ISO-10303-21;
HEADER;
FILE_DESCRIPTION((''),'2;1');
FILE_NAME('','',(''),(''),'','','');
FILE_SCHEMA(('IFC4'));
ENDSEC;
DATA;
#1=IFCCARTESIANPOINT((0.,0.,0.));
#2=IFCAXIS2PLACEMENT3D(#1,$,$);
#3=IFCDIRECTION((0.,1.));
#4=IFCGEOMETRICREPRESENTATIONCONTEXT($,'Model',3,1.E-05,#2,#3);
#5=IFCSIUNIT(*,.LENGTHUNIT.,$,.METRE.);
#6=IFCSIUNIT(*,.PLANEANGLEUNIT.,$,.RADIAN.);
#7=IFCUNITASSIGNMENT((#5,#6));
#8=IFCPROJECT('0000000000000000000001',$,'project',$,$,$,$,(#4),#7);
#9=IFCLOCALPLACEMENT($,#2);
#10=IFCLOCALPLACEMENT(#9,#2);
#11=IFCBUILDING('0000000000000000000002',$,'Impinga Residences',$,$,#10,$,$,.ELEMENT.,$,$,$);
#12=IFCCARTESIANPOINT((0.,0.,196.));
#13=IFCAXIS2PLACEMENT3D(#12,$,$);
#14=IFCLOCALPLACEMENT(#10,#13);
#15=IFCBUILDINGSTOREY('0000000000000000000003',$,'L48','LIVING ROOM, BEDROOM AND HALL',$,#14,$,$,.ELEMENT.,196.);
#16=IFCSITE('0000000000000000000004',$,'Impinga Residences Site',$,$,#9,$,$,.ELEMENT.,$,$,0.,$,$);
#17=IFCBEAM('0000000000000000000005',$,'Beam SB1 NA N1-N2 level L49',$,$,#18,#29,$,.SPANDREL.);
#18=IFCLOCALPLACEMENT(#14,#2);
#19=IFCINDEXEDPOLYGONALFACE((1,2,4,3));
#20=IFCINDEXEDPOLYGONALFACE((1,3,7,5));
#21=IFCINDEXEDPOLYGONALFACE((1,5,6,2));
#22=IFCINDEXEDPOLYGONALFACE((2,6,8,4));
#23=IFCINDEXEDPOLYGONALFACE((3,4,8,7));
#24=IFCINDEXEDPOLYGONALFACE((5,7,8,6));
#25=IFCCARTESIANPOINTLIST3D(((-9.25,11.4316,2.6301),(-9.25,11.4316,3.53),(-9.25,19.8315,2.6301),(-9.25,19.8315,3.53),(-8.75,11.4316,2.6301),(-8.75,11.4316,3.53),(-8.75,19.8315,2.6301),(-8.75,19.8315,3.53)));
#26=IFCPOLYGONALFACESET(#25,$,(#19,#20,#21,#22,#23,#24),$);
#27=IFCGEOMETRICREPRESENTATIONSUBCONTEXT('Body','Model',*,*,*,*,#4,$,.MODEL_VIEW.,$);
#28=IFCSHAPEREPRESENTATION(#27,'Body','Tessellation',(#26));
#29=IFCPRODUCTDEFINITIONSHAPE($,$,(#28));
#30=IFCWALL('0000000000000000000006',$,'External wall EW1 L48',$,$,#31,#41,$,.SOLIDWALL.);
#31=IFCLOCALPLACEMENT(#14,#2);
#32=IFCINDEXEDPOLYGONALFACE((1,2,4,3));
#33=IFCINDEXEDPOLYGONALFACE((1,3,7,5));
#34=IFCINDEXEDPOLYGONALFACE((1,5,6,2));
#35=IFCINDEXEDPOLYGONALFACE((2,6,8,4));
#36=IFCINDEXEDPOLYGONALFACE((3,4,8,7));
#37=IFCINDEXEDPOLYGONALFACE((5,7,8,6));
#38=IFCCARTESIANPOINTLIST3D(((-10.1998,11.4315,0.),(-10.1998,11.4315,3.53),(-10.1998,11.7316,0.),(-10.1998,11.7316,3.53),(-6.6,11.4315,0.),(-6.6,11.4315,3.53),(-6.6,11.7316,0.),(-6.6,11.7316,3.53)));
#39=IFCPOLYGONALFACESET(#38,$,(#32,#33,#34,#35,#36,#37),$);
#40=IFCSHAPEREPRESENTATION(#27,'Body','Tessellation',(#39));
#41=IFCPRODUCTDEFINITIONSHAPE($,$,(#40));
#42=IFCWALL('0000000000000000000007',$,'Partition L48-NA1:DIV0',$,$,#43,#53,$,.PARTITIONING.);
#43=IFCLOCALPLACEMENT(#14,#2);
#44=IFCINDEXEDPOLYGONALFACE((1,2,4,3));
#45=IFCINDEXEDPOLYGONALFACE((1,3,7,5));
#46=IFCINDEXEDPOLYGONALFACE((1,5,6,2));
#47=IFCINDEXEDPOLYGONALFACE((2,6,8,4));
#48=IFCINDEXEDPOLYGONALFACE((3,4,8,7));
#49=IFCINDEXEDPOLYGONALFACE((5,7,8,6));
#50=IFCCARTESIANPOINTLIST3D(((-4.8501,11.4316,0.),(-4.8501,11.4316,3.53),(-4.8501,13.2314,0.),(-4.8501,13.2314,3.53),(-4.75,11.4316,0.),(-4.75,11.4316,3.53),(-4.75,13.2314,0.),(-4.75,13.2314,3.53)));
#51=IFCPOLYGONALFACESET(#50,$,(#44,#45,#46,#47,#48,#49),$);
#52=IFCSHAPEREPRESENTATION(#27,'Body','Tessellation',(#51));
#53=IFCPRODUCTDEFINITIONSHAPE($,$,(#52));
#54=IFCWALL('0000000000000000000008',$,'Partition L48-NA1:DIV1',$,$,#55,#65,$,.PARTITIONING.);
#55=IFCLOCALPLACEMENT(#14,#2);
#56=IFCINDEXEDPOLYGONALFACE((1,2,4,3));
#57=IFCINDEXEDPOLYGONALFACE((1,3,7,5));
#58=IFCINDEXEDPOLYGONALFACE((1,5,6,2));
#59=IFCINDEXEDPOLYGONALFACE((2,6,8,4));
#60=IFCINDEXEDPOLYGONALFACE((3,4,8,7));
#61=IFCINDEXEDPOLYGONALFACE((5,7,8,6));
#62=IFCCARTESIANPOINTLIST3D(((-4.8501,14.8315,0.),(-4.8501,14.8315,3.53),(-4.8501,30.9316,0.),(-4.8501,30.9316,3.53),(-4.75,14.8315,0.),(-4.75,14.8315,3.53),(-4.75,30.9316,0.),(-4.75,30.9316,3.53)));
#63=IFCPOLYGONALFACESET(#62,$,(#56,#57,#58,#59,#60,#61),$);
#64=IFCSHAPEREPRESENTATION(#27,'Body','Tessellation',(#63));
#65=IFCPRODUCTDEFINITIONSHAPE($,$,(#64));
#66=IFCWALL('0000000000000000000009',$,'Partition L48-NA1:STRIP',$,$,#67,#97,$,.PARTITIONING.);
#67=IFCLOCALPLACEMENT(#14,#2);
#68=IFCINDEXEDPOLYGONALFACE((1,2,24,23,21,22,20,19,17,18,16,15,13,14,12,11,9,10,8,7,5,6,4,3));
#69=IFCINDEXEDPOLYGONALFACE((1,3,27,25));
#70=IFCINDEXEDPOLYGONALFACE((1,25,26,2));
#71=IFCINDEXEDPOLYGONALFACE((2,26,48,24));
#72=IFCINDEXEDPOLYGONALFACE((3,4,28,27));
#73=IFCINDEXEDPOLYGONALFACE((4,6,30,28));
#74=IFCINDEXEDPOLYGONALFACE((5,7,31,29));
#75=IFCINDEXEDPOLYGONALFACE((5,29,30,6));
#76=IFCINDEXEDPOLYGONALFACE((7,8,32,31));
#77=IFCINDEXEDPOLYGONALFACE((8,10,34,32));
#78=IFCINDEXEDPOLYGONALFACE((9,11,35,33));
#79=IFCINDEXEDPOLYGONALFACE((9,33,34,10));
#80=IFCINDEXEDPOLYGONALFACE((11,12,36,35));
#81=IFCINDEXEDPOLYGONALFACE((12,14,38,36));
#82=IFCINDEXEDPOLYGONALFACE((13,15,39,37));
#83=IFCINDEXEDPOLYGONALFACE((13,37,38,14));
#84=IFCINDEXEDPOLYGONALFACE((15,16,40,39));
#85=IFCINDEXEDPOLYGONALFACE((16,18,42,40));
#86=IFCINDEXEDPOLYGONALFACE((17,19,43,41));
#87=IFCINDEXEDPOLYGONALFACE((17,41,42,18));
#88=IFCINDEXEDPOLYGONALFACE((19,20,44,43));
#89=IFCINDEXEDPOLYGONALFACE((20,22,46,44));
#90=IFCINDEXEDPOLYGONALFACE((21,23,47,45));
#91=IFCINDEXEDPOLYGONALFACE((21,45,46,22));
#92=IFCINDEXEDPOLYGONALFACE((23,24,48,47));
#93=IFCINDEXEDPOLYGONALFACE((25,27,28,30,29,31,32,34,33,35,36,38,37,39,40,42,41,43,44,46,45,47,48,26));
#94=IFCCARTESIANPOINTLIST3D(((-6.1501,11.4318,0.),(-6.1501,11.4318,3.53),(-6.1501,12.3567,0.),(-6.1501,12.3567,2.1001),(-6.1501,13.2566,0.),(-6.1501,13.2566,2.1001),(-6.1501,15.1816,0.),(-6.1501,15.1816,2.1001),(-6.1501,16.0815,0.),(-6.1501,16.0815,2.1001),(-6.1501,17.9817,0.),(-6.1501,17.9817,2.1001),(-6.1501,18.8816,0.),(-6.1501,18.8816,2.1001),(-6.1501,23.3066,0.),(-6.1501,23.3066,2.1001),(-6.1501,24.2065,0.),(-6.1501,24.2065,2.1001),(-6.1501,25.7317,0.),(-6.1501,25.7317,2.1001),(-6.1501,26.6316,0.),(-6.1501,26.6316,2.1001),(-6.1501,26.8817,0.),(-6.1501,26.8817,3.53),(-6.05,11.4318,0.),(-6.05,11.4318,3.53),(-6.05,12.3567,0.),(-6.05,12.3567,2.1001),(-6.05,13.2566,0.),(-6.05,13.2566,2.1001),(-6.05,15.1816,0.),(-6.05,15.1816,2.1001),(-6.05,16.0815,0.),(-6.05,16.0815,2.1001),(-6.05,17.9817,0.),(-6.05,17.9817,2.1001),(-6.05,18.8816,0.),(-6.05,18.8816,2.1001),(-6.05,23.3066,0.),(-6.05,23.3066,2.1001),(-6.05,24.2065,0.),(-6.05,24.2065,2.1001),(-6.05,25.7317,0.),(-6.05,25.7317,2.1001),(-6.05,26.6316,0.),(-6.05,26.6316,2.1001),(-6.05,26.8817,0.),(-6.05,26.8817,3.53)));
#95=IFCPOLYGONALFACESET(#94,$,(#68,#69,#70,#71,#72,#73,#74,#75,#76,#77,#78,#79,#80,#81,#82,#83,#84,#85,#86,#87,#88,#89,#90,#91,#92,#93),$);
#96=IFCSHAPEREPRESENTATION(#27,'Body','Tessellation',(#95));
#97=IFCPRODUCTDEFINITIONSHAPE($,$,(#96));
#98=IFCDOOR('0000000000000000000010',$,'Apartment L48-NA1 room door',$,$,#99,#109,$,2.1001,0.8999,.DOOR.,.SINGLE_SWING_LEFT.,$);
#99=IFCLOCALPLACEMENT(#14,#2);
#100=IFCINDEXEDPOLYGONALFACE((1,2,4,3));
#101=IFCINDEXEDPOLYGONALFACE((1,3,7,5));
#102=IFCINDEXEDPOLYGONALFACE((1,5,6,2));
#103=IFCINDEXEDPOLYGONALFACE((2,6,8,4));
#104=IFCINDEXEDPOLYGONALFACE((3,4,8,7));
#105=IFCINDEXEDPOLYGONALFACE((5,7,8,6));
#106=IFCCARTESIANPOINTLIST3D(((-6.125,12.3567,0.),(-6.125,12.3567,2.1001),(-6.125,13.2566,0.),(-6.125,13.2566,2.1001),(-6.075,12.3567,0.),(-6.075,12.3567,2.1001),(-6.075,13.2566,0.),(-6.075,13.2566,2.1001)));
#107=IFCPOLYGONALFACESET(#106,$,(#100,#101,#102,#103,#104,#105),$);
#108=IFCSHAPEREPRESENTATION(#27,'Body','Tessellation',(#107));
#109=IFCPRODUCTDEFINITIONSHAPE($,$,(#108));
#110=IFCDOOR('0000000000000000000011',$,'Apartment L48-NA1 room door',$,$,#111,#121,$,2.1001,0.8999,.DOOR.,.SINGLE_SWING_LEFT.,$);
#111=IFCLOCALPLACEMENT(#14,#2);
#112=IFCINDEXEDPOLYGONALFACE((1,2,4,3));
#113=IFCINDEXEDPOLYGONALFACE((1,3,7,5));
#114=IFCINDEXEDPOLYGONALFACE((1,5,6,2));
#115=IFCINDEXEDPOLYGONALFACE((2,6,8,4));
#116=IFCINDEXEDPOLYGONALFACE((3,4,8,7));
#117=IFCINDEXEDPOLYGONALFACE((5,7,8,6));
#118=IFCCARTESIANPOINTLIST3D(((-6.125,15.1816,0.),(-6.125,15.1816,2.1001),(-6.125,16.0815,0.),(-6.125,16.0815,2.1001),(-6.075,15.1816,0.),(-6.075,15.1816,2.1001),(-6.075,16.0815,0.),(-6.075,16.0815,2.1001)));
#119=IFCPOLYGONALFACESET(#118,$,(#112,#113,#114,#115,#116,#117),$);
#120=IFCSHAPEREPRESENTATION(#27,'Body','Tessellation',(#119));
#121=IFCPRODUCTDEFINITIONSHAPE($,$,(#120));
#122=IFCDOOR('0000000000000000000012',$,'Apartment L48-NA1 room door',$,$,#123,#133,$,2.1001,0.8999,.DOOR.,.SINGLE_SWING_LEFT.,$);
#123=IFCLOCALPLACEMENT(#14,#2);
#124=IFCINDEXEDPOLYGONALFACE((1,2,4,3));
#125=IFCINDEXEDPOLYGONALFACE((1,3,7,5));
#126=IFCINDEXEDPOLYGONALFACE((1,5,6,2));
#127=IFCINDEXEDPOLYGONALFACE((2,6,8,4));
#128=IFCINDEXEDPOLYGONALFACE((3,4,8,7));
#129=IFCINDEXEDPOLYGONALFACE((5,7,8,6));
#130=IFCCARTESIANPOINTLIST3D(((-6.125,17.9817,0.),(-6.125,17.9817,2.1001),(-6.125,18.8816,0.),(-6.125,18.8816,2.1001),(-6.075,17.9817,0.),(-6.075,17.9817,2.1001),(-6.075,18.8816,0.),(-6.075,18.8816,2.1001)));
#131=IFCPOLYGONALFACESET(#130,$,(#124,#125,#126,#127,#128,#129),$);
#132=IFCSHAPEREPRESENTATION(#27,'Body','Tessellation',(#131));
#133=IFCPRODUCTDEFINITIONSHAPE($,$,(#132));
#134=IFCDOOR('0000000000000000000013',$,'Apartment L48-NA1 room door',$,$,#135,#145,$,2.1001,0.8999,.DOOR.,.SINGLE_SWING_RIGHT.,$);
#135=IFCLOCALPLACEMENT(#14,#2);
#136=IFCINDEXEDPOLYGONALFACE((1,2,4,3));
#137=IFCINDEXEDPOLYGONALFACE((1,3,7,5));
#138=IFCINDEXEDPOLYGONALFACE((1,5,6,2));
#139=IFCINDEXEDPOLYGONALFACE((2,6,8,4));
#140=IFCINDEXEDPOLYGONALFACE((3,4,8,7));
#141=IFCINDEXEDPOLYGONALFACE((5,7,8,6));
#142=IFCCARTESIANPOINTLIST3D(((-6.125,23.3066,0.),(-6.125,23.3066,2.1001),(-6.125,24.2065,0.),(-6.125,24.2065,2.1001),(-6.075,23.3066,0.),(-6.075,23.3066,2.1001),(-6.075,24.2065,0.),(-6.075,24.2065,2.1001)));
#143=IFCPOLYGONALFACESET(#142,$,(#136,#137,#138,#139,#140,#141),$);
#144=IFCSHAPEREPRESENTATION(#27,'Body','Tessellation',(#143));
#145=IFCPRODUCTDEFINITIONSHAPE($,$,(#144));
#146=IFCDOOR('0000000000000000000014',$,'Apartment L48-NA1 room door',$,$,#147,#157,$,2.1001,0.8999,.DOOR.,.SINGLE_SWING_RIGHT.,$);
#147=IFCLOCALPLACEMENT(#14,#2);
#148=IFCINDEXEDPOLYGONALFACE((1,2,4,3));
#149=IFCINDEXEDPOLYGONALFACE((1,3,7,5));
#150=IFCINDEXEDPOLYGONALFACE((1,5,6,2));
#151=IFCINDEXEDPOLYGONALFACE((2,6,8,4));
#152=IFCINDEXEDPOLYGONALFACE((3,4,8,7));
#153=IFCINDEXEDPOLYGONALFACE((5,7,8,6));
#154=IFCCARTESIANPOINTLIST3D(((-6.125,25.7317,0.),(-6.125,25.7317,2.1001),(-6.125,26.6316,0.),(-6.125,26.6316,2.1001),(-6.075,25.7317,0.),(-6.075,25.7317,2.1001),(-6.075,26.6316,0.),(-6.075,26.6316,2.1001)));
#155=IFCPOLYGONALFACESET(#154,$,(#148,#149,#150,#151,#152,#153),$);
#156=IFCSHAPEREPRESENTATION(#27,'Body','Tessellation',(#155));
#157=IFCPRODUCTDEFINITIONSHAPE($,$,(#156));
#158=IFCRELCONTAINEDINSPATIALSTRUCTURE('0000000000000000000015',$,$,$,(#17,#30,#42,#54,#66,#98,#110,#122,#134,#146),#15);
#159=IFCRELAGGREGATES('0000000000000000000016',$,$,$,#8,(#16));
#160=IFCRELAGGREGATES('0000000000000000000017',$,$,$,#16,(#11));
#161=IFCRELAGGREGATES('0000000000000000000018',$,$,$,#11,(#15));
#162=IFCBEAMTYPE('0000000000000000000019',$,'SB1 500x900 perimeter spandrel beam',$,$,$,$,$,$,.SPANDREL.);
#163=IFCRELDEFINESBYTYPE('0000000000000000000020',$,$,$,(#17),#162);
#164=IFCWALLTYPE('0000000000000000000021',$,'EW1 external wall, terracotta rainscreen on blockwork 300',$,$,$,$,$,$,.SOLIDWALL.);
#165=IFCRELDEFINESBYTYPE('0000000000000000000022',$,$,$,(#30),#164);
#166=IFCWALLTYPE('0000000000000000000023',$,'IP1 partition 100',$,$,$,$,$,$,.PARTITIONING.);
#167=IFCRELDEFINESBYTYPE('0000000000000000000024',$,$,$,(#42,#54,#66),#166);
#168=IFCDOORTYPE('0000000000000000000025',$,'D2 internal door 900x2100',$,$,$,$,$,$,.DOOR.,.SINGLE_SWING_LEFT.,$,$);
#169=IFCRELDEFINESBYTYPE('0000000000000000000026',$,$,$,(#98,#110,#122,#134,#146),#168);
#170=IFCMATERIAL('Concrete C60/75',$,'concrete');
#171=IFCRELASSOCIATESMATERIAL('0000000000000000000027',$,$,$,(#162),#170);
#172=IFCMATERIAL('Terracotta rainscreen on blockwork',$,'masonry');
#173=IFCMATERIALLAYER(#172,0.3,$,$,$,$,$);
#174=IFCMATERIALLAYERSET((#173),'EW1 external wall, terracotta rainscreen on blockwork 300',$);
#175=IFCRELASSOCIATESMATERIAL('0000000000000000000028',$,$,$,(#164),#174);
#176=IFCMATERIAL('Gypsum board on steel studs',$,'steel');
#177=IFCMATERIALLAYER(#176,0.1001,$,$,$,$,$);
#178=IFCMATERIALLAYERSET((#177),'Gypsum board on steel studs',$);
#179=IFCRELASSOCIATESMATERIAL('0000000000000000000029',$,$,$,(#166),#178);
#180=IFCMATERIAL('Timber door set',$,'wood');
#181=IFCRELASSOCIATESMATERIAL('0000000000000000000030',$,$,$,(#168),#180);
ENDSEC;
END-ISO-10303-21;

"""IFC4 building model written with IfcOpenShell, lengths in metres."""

from ifc_helpers import new_model, si_unit, direction, frame, frame_2d, origin, origin_2d, place, context, subcontext, project, spatial, rectangle, extrude, material, layer, layer_set, material_profile, profile_set, type_object, element, fill, save


model = new_model("IFC4")

# Units and contexts
model_context = context("Model", 3, precision=1e-05, world=origin(), true_north=direction((0.0, 1.0)))
body_context = subcontext(model_context, "Body", "Model", "MODEL_VIEW")
ifc_project = project(units=[si_unit("LENGTHUNIT", "METRE"), si_unit("PLANEANGLEUNIT", "RADIAN")], contexts=[model_context])

# Site, building, storey
site_placement = place(None, origin())
site = spatial("IfcSite", under=ifc_project, at=site_placement, Name="Impinga Residences Site", CompositionType="ELEMENT", RefElevation=0.0)
building_placement = place(site_placement, origin())
building = spatial("IfcBuilding", under=site, at=building_placement, Name="Impinga Residences", CompositionType="ELEMENT")
storey_placement = place(building_placement, frame((0.0, 0.0, 196.0)))
storey = spatial("IfcBuildingStorey", under=building, at=storey_placement, Name="L48", Description="LIVING ROOM, BEDROOM AND HALL", CompositionType="ELEMENT", Elevation=196.0)

# Beam
ifc_material_1 = material(Name="Concrete C60/75", Category="concrete")
ifc_material_profile = material_profile(ifc_material_1, rectangle(XDim=0.5, YDim=0.8999, at=origin_2d()), Name="RC 500x900")
ifc_profile_set = profile_set([ifc_material_profile], Name="Concrete C60/75")
beam_type = type_object("IfcBeamType", Name="SB1 500x900 perimeter spandrel beam", PredefinedType="SPANDREL", material=ifc_profile_set)
beam_placement = place(storey_placement, frame((-9.0, 11.4316, 3.0801), z_axis=(0.0, 1.0, 0.0), x_axis=(-1.0, 0.0, 0.0)))
element("IfcBeam", 1, at=beam_placement, inside=storey, type_object=beam_type, Name="Beam SB1 NA N1-N2 level L49", PredefinedType="SPANDREL", context=body_context, shape_type="SweptSolid", body=[
    extrude(rectangle(XDim=0.5, YDim=0.8999, at=origin_2d()), origin(), (0.0, 0.0, 1.0), 8.3999),
])

# Walls
ifc_material_2 = material(Name="Terracotta rainscreen on blockwork", Category="masonry")
ifc_layer_1 = layer(ifc_material_2, 0.3)
ifc_layer_set_1 = layer_set([ifc_layer_1], Name="EW1 external wall, terracotta rainscreen on blockwork 300")
wall_type_1 = type_object("IfcWallType", Name="EW1 external wall, terracotta rainscreen on blockwork 300", PredefinedType="SOLIDWALL", material=ifc_layer_set_1)
wall_1_placement = place(storey_placement, frame((-6.6001, 11.5815, 0.0), z_axis=(0.0, 0.0, 1.0), x_axis=(-1.0, 0.0, 0.0)))
element("IfcWall", 2, at=wall_1_placement, inside=storey, type_object=wall_type_1, Name="External wall EW1 L48", PredefinedType="SOLIDWALL", context=body_context, shape_type="SweptSolid", body=[
    extrude(rectangle(XDim=3.5999, YDim=0.3, at=frame_2d((1.7998, 0.0))), origin(), (0.0, 0.0, 1.0), 3.53),
])
ifc_material_3 = material(Name="Gypsum board on steel studs", Category="steel")
ifc_layer_2 = layer(ifc_material_3, 0.1001)
ifc_layer_set_2 = layer_set([ifc_layer_2], Name="Gypsum board on steel studs")
wall_type_2 = type_object("IfcWallType", Name="IP1 partition 100", PredefinedType="PARTITIONING", material=ifc_layer_set_2)
wall_2_placement = place(storey_placement, frame((-4.8, 11.4316, 0.0), z_axis=(0.0, 0.0, 1.0), x_axis=(0.0, 1.0, 0.0)))
element("IfcWall", 3, at=wall_2_placement, inside=storey, type_object=wall_type_2, Name="Partition L48-NA1:DIV0", PredefinedType="PARTITIONING", context=body_context, shape_type="SweptSolid", body=[
    extrude(rectangle(XDim=1.7998, YDim=0.1001, at=frame_2d((0.8999, 0.0))), origin(), (0.0, 0.0, 1.0), 3.53),
])
wall_3_placement = place(storey_placement, frame((-4.8, 14.8315, 0.0), z_axis=(0.0, 0.0, 1.0), x_axis=(0.0, 1.0, 0.0)))
element("IfcWall", 4, at=wall_3_placement, inside=storey, type_object=wall_type_2, Name="Partition L48-NA1:DIV1", PredefinedType="PARTITIONING", context=body_context, shape_type="SweptSolid", body=[
    extrude(rectangle(XDim=16.1001, YDim=0.1001, at=frame_2d((8.05, 0.0))), origin(), (0.0, 0.0, 1.0), 3.53),
])

# Wall, openings, doors
wall_4_placement = place(storey_placement, frame((-6.1001, 11.4316, 0.0), z_axis=(0.0, 0.0, 1.0), x_axis=(0.0, 1.0, 0.0)))
wall_4 = element("IfcWall", 5, at=wall_4_placement, inside=storey, type_object=wall_type_2, Name="Partition L48-NA1:STRIP", PredefinedType="PARTITIONING", context=body_context, shape_type="SweptSolid", body=[
    extrude(rectangle(XDim=15.45, YDim=0.1001, at=frame_2d((7.7251, 0.0))), origin(), (0.0, 0.0, 1.0), 3.53),
])
opening_1_placement = place(wall_4_placement, frame((0.925, 0.0, 0.0)))
opening_1 = element("IfcOpeningElement", 6, at=opening_1_placement, cuts=wall_4, PredefinedType="OPENING", context=body_context, shape_type="SweptSolid", body=[
    extrude(rectangle(XDim=0.8999, YDim=2.1001, at=frame_2d((0.45, 1.05))), frame((0.0, 0.0601, 0.0), z_axis=(0.0, -1.0, 0.0), x_axis=(1.0, 0.0, 0.0)), (0.0, 0.0, 1.0), 0.1201),
])
opening_2_placement = place(wall_4_placement, frame((3.75, 0.0, 0.0)))
opening_2 = element("IfcOpeningElement", 7, at=opening_2_placement, cuts=wall_4, PredefinedType="OPENING", context=body_context, shape_type="SweptSolid", body=[
    extrude(rectangle(XDim=0.8999, YDim=2.1001, at=frame_2d((0.45, 1.05))), frame((0.0, 0.0601, 0.0), z_axis=(0.0, -1.0, 0.0), x_axis=(1.0, 0.0, 0.0)), (0.0, 0.0, 1.0), 0.1201),
])
opening_3_placement = place(wall_4_placement, frame((6.55, 0.0, 0.0)))
opening_3 = element("IfcOpeningElement", 8, at=opening_3_placement, cuts=wall_4, PredefinedType="OPENING", context=body_context, shape_type="SweptSolid", body=[
    extrude(rectangle(XDim=0.8999, YDim=2.1001, at=frame_2d((0.45, 1.05))), frame((0.0, 0.0601, 0.0), z_axis=(0.0, -1.0, 0.0), x_axis=(1.0, 0.0, 0.0)), (0.0, 0.0, 1.0), 0.1201),
])
opening_4_placement = place(wall_4_placement, frame((11.875, 0.0, 0.0)))
opening_4 = element("IfcOpeningElement", 9, at=opening_4_placement, cuts=wall_4, PredefinedType="OPENING", context=body_context, shape_type="SweptSolid", body=[
    extrude(rectangle(XDim=0.8999, YDim=2.1001, at=frame_2d((0.45, 1.05))), frame((0.0, 0.0601, 0.0), z_axis=(0.0, -1.0, 0.0), x_axis=(1.0, 0.0, 0.0)), (0.0, 0.0, 1.0), 0.1201),
])
opening_5_placement = place(wall_4_placement, frame((14.3, 0.0, 0.0)))
opening_5 = element("IfcOpeningElement", 10, at=opening_5_placement, cuts=wall_4, PredefinedType="OPENING", context=body_context, shape_type="SweptSolid", body=[
    extrude(rectangle(XDim=0.8999, YDim=2.1001, at=frame_2d((0.45, 1.05))), frame((0.0, 0.0601, 0.0), z_axis=(0.0, -1.0, 0.0), x_axis=(1.0, 0.0, 0.0)), (0.0, 0.0, 1.0), 0.1201),
])
ifc_material_4 = material(Name="Timber door set", Category="wood")
door_type = type_object("IfcDoorType", Name="D2 internal door 900x2100", OperationType="SINGLE_SWING_LEFT", PredefinedType="DOOR", material=ifc_material_4)
door_1_placement = place(opening_1_placement, origin())
door_1 = element("IfcDoor", 11, at=door_1_placement, inside=storey, type_object=door_type, Name="Apartment L48-NA1 room door", OperationType="SINGLE_SWING_LEFT", OverallHeight=2.1001, OverallWidth=0.8999, PredefinedType="DOOR", context=body_context, shape_type="SweptSolid", body=[
    extrude(rectangle(XDim=0.8999, YDim=2.1001, at=frame_2d((0.45, 1.05))), frame((0.0, 0.0249, 0.0), z_axis=(0.0, -1.0, 0.0), x_axis=(1.0, 0.0, 0.0)), (0.0, 0.0, 1.0), 0.05),
])
fill(opening_1, door_1)
door_2_placement = place(opening_2_placement, origin())
door_2 = element("IfcDoor", 12, at=door_2_placement, inside=storey, type_object=door_type, Name="Apartment L48-NA1 room door", OperationType="SINGLE_SWING_LEFT", OverallHeight=2.1001, OverallWidth=0.8999, PredefinedType="DOOR", context=body_context, shape_type="SweptSolid", body=[
    extrude(rectangle(XDim=0.8999, YDim=2.1001, at=frame_2d((0.45, 1.05))), frame((0.0, 0.0249, 0.0), z_axis=(0.0, -1.0, 0.0), x_axis=(1.0, 0.0, 0.0)), (0.0, 0.0, 1.0), 0.05),
])
fill(opening_2, door_2)
door_3_placement = place(opening_3_placement, origin())
door_3 = element("IfcDoor", 13, at=door_3_placement, inside=storey, type_object=door_type, Name="Apartment L48-NA1 room door", OperationType="SINGLE_SWING_LEFT", OverallHeight=2.1001, OverallWidth=0.8999, PredefinedType="DOOR", context=body_context, shape_type="SweptSolid", body=[
    extrude(rectangle(XDim=0.8999, YDim=2.1001, at=frame_2d((0.45, 1.05))), frame((0.0, 0.0249, 0.0), z_axis=(0.0, -1.0, 0.0), x_axis=(1.0, 0.0, 0.0)), (0.0, 0.0, 1.0), 0.05),
])
fill(opening_3, door_3)
door_4_placement = place(opening_4_placement, origin())
door_4 = element("IfcDoor", 14, at=door_4_placement, inside=storey, type_object=door_type, Name="Apartment L48-NA1 room door", OperationType="SINGLE_SWING_RIGHT", OverallHeight=2.1001, OverallWidth=0.8999, PredefinedType="DOOR", context=body_context, shape_type="SweptSolid", body=[
    extrude(rectangle(XDim=0.8999, YDim=2.1001, at=frame_2d((0.45, 1.05))), frame((0.0, 0.0249, 0.0), z_axis=(0.0, -1.0, 0.0), x_axis=(1.0, 0.0, 0.0)), (0.0, 0.0, 1.0), 0.05),
])
fill(opening_4, door_4)
door_5_placement = place(opening_5_placement, origin())
door_5 = element("IfcDoor", 15, at=door_5_placement, inside=storey, type_object=door_type, Name="Apartment L48-NA1 room door", OperationType="SINGLE_SWING_RIGHT", OverallHeight=2.1001, OverallWidth=0.8999, PredefinedType="DOOR", context=body_context, shape_type="SweptSolid", body=[
    extrude(rectangle(XDim=0.8999, YDim=2.1001, at=frame_2d((0.45, 1.05))), frame((0.0, 0.0249, 0.0), z_axis=(0.0, -1.0, 0.0), x_axis=(1.0, 0.0, 0.0)), (0.0, 0.0, 1.0), 0.05),
])
fill(opening_5, door_5)

save(model, "model.ifc")
